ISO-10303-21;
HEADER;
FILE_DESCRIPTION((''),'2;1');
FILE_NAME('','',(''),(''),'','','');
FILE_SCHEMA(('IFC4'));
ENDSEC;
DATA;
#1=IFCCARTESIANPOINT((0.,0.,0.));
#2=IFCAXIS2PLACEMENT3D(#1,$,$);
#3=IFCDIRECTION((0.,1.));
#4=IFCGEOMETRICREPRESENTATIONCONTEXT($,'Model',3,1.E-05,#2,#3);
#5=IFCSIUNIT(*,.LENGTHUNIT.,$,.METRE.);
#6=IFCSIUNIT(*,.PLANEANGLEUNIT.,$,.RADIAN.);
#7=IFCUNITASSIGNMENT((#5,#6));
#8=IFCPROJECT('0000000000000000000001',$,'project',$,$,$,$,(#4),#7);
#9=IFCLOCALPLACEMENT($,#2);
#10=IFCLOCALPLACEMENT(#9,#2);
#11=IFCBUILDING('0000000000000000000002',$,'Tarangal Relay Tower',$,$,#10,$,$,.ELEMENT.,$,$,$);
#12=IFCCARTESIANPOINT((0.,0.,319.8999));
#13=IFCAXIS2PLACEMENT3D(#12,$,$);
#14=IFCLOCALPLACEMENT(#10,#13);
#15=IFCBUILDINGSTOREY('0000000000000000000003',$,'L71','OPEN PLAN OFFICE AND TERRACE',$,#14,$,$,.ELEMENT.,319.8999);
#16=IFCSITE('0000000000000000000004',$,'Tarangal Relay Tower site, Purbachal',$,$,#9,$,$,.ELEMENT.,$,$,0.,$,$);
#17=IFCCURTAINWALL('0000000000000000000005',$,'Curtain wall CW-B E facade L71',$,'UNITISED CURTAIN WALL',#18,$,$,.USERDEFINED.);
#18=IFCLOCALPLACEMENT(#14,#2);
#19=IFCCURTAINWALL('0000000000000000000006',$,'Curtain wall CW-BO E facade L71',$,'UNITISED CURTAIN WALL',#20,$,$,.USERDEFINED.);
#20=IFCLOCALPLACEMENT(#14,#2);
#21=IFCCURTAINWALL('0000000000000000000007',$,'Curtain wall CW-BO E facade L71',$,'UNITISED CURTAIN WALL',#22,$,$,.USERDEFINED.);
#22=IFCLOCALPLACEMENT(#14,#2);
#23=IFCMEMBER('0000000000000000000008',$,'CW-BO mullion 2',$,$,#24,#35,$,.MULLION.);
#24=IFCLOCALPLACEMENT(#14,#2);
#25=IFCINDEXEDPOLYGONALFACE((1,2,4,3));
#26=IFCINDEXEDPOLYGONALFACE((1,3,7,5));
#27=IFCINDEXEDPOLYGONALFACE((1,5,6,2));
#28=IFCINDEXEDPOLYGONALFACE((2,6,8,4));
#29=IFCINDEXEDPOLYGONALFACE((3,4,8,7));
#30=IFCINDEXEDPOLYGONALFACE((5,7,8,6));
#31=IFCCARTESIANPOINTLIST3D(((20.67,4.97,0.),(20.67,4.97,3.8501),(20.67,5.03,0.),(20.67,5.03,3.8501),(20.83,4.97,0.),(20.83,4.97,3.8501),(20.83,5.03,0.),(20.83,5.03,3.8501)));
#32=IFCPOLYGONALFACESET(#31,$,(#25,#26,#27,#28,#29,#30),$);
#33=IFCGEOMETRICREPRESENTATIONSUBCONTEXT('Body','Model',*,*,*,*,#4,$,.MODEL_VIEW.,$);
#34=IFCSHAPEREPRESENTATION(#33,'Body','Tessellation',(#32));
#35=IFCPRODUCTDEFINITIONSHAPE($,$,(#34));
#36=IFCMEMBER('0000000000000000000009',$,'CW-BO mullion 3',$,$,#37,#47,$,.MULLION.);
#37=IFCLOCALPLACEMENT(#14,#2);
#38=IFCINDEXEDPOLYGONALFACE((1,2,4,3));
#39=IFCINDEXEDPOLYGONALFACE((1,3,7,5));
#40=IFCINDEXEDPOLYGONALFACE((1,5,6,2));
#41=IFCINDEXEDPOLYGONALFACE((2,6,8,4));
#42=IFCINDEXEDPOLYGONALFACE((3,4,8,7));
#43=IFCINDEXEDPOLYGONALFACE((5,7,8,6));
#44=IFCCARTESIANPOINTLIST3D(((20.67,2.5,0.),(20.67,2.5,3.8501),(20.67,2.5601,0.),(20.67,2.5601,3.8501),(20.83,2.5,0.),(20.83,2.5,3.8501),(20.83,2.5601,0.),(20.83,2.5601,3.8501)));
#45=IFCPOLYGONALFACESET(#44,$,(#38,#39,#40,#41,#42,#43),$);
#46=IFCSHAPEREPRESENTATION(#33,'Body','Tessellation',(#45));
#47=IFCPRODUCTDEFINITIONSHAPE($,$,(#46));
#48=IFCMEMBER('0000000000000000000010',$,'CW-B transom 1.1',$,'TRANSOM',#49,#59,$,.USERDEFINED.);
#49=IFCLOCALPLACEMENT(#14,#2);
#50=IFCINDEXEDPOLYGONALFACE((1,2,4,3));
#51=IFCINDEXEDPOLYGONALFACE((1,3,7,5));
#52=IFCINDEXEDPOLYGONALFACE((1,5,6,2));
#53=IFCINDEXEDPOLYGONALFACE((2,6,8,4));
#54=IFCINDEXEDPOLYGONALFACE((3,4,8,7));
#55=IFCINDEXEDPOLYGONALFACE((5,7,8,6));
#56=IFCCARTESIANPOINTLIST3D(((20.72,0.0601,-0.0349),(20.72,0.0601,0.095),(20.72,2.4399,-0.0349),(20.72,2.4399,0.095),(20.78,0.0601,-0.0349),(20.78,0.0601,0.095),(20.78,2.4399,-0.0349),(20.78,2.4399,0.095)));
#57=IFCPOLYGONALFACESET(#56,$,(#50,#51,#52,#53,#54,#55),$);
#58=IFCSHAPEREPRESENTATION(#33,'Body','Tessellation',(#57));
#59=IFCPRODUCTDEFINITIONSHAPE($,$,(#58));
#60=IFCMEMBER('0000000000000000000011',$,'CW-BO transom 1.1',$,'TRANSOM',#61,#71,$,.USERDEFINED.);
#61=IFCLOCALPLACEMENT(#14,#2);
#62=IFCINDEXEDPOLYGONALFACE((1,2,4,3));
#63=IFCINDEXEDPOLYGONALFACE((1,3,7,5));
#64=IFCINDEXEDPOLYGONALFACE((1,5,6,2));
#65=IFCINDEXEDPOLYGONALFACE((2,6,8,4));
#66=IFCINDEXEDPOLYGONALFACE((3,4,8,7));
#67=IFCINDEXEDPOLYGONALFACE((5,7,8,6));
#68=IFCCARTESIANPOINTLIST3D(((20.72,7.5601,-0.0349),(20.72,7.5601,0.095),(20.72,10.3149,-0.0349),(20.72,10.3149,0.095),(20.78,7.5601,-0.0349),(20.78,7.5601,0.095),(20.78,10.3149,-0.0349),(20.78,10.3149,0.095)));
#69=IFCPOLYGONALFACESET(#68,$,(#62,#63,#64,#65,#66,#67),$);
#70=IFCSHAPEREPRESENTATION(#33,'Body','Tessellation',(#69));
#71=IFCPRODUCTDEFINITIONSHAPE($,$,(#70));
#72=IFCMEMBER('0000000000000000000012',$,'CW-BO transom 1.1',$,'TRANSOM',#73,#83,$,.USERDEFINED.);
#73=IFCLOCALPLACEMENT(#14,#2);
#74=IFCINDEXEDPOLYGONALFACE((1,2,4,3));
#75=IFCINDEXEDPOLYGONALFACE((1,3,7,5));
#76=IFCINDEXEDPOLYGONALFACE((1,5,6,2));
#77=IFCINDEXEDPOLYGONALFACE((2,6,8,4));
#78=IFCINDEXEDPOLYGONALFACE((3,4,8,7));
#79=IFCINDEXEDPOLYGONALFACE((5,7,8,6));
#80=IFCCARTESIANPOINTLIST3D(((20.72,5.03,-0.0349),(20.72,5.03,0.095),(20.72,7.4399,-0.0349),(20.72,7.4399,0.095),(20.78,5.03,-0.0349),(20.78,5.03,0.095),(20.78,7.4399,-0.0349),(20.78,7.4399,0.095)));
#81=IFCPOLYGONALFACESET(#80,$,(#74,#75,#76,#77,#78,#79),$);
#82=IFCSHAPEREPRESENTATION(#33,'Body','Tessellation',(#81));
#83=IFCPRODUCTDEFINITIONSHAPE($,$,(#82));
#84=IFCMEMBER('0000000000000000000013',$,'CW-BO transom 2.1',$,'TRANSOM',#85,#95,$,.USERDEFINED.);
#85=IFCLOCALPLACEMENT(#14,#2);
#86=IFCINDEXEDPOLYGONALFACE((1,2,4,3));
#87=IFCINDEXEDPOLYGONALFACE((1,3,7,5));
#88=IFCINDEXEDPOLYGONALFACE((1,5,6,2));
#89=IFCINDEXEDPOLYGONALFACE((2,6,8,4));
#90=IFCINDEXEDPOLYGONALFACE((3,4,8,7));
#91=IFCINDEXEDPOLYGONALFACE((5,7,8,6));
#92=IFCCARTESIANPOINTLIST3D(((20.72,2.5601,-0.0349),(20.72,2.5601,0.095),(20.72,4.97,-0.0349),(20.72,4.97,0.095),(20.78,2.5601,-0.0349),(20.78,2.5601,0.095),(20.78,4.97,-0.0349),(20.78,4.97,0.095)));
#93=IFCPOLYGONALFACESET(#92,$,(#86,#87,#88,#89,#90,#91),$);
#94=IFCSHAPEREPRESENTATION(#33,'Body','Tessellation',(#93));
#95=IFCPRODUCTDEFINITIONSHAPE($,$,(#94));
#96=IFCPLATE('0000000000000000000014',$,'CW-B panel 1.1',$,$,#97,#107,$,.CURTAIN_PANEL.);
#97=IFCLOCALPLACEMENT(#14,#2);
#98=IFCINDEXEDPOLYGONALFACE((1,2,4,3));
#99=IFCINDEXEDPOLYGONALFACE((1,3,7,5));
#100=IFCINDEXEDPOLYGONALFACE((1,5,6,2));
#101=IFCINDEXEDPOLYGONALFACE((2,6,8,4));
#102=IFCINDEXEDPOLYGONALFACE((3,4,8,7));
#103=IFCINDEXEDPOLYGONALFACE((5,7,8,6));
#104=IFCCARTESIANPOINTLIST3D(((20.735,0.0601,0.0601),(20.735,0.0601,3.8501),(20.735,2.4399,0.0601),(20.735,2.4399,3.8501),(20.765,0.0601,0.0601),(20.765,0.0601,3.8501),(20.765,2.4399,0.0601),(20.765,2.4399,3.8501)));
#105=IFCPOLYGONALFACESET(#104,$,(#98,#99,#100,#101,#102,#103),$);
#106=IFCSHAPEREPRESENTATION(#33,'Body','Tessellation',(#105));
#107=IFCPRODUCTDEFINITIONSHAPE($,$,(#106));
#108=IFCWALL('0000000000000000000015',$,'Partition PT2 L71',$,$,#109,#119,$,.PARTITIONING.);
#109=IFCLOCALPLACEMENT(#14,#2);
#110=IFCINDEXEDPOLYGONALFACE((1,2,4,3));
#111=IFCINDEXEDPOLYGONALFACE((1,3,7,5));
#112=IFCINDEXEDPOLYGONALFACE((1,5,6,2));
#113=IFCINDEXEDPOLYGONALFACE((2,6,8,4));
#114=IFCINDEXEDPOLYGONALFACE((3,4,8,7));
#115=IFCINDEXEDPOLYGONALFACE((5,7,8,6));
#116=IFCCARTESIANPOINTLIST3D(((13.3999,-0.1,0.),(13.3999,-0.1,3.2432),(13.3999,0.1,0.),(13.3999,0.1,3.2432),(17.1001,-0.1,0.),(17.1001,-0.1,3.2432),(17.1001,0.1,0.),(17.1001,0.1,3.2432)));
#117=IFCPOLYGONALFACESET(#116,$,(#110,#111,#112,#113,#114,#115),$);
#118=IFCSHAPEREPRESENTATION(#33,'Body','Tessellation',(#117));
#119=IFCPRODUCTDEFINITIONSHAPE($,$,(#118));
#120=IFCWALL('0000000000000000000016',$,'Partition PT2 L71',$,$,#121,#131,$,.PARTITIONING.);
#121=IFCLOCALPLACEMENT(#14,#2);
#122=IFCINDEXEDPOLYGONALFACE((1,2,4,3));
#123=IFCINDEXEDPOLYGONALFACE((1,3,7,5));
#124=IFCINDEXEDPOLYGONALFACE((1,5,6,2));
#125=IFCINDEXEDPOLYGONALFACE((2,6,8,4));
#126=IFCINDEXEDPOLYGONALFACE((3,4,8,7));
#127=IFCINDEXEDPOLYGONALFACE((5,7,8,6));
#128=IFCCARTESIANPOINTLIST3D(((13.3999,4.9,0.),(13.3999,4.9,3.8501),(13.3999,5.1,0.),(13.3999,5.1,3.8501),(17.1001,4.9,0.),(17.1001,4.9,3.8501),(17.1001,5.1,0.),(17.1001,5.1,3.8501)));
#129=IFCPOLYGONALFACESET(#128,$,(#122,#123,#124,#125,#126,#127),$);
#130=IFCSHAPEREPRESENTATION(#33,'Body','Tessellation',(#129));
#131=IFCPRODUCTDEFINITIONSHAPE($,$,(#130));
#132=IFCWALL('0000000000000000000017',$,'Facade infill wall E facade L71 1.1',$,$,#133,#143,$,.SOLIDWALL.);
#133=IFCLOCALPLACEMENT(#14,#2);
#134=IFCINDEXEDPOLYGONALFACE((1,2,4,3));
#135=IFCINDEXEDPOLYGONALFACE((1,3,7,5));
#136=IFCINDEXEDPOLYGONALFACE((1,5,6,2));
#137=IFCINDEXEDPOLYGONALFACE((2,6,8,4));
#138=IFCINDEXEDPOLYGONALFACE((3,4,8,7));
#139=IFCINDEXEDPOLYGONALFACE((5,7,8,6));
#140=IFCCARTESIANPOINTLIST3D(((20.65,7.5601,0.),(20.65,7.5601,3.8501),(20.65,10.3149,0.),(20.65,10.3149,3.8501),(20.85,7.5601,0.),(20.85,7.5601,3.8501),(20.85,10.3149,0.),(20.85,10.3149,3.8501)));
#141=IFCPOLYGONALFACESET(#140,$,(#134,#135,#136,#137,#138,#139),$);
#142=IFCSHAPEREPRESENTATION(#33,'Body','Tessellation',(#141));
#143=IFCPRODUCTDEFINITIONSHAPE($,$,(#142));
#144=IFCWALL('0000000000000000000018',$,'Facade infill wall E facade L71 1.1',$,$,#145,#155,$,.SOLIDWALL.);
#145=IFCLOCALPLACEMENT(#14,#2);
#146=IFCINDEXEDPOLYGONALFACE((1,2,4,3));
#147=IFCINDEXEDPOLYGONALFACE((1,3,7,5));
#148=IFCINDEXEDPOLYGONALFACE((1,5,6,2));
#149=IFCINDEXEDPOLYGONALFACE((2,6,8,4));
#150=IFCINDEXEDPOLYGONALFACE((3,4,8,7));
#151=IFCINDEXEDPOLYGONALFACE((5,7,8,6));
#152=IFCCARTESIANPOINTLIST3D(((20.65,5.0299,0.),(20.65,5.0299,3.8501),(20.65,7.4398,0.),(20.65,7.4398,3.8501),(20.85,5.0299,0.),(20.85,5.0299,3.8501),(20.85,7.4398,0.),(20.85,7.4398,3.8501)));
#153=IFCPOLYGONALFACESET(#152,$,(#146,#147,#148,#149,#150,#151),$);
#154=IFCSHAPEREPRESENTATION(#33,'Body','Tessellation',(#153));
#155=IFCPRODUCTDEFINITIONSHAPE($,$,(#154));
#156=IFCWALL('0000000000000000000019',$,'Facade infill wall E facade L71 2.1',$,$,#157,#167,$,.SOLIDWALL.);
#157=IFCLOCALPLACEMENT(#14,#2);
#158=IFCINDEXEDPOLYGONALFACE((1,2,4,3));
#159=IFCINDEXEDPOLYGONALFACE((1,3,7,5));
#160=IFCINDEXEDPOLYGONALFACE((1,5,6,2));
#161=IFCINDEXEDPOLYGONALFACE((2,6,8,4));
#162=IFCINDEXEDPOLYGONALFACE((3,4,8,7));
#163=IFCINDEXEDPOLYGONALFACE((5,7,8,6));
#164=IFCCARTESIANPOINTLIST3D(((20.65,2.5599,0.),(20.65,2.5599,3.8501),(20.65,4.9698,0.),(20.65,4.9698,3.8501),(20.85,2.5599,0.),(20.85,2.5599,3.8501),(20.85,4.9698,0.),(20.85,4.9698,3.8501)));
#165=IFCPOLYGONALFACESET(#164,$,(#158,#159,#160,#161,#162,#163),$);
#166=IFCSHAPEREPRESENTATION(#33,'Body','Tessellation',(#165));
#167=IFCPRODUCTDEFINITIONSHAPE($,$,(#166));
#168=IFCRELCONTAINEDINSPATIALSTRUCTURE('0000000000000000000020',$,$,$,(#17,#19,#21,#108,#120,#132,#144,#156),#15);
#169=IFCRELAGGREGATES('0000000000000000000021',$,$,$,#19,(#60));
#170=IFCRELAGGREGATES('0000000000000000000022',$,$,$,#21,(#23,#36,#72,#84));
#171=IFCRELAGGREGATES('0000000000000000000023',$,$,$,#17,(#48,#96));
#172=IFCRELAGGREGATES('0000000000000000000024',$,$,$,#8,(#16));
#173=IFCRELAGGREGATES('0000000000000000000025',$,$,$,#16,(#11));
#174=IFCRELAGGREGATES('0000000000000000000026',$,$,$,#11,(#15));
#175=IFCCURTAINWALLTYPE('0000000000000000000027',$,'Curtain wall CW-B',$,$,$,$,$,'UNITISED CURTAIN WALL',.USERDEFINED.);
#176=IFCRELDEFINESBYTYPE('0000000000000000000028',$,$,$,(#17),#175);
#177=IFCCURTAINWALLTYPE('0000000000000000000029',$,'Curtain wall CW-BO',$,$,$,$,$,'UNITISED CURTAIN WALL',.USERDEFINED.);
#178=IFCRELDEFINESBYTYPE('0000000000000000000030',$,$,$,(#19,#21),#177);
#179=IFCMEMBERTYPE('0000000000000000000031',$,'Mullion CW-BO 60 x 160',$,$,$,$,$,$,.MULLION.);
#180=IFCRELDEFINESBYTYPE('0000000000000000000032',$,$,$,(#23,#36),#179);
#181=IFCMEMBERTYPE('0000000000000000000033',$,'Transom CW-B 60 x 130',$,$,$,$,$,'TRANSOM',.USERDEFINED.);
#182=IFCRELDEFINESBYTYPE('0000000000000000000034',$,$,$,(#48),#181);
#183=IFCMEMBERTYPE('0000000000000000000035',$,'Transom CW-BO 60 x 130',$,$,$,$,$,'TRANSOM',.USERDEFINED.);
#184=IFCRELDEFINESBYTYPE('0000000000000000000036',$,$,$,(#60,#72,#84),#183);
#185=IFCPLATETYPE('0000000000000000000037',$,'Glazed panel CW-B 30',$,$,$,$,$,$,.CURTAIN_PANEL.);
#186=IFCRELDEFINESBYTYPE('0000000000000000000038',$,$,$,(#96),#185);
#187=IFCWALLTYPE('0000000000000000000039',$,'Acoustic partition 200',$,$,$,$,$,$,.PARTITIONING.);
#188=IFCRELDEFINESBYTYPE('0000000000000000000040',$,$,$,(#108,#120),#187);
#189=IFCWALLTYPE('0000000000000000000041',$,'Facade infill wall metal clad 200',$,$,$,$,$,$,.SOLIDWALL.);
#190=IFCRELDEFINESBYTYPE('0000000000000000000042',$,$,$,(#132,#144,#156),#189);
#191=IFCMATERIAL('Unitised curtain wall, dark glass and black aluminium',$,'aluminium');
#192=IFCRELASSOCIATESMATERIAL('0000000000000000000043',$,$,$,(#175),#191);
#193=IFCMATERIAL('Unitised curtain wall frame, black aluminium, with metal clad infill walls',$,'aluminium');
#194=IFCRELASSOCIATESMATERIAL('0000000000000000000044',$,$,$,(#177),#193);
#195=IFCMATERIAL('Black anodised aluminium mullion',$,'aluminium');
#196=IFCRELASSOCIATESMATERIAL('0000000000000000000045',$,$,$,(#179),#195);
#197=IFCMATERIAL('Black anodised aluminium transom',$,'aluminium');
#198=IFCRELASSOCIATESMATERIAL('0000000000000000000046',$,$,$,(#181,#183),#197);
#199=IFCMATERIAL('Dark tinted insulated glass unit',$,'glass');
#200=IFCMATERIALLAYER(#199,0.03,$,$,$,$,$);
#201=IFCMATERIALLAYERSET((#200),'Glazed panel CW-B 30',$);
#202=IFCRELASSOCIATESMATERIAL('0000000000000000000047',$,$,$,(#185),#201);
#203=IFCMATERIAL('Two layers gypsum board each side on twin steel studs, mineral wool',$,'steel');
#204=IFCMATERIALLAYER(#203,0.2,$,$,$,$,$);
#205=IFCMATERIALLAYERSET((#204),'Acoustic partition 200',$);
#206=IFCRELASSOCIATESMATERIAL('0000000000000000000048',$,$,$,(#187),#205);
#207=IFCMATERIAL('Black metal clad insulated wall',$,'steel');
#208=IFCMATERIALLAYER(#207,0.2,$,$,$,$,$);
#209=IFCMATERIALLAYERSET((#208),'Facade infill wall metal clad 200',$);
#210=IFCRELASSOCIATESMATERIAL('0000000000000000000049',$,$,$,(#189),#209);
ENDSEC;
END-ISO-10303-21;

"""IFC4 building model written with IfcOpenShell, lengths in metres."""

from ifc_helpers import new_model, si_unit, direction, frame, frame_2d, origin, origin_2d, place, context, subcontext, project, spatial, rectangle, extrude, material, layer, layer_set, material_profile, profile_set, type_object, element, aggregate, save


model = new_model("IFC4")

# Units and contexts
model_context = context("Model", 3, precision=1e-05, world=origin(), true_north=direction((0.0, 1.0)))
body_context = subcontext(model_context, "Body", "Model", "MODEL_VIEW")
ifc_project = project(units=[si_unit("LENGTHUNIT", "METRE"), si_unit("PLANEANGLEUNIT", "RADIAN")], contexts=[model_context])

# Site, building, storey
site_placement = place(None, origin())
site = spatial("IfcSite", under=ifc_project, at=site_placement, Name="Tarangal Relay Tower site, Purbachal", CompositionType="ELEMENT", RefElevation=0.0)
building_placement = place(site_placement, origin())
building = spatial("IfcBuilding", under=site, at=building_placement, Name="Tarangal Relay Tower", CompositionType="ELEMENT")
storey_placement = place(building_placement, frame((0.0, 0.0, 319.8999)))
storey = spatial("IfcBuildingStorey", under=building, at=storey_placement, Name="L71", Description="OPEN PLAN OFFICE AND TERRACE", CompositionType="ELEMENT", Elevation=319.8999)

# Curtain wall
ifc_material_1 = material(Name="Unitised curtain wall, dark glass and black aluminium", Category="aluminium")
curtain_wall_type_1 = type_object("IfcCurtainWallType", Name="Curtain wall CW-B", ElementType="UNITISED CURTAIN WALL", PredefinedType="USERDEFINED", material=ifc_material_1)
curtain_wall_1_placement = place(storey_placement, origin())
curtain_wall_1 = element("IfcCurtainWall", 1, at=curtain_wall_1_placement, inside=storey, type_object=curtain_wall_type_1, Name="Curtain wall CW-B E facade L71", ObjectType="UNITISED CURTAIN WALL", PredefinedType="USERDEFINED")
ifc_material_2 = material(Name="Black anodised aluminium mullion", Category="aluminium")

# Curtain wall
ifc_material_3 = material(Name="Unitised curtain wall frame, black aluminium, with metal clad infill walls", Category="aluminium")
curtain_wall_type_2 = type_object("IfcCurtainWallType", Name="Curtain wall CW-BO", ElementType="UNITISED CURTAIN WALL", PredefinedType="USERDEFINED", material=ifc_material_3)
curtain_wall_2_placement = place(storey_placement, origin())
curtain_wall_2 = element("IfcCurtainWall", 2, at=curtain_wall_2_placement, inside=storey, type_object=curtain_wall_type_2, Name="Curtain wall CW-BO E facade L71", ObjectType="UNITISED CURTAIN WALL", PredefinedType="USERDEFINED")
ifc_material_profile_1 = material_profile(ifc_material_2, rectangle(XDim=0.1599, YDim=0.0601, at=origin_2d()), Name="CW-BOM 60X160")
ifc_profile_set_1 = profile_set([ifc_material_profile_1], Name="Black anodised aluminium mullion")
member_type_1 = type_object("IfcMemberType", Name="Mullion CW-BO 60 x 160", PredefinedType="MULLION", material=ifc_profile_set_1)

# Curtain wall, members
curtain_wall_3_placement = place(storey_placement, origin())
curtain_wall_3 = element("IfcCurtainWall", 3, at=curtain_wall_3_placement, inside=storey, type_object=curtain_wall_type_2, Name="Curtain wall CW-BO E facade L71", ObjectType="UNITISED CURTAIN WALL", PredefinedType="USERDEFINED")
member_1_placement = place(storey_placement, frame((20.75, 5.0, 0.0), z_axis=(0.0, 0.0, 1.0), x_axis=(1.0, 0.0, 0.0)))
member_1 = element("IfcMember", 4, at=member_1_placement, type_object=member_type_1, Name="CW-BO mullion 2", PredefinedType="MULLION", context=body_context, shape_type="SweptSolid", body=[
    extrude(rectangle(XDim=0.1599, YDim=0.0601, at=origin_2d()), origin(), (0.0, 0.0, 1.0), 3.8501),
])
member_2_placement = place(storey_placement, frame((20.75, 2.53, 0.0), z_axis=(0.0, 0.0, 1.0), x_axis=(1.0, 0.0, 0.0)))
member_2 = element("IfcMember", 5, at=member_2_placement, type_object=member_type_1, Name="CW-BO mullion 3", PredefinedType="MULLION", context=body_context, shape_type="SweptSolid", body=[
    extrude(rectangle(XDim=0.1599, YDim=0.0601, at=origin_2d()), origin(), (0.0, 0.0, 1.0), 3.8501),
])

# Members
ifc_material_4 = material(Name="Black anodised aluminium transom", Category="aluminium")
ifc_material_profile_2 = material_profile(ifc_material_4, rectangle(XDim=0.0601, YDim=0.1299, at=origin_2d()), Name="CW-BT 60X130")
ifc_profile_set_2 = profile_set([ifc_material_profile_2], Name="Black anodised aluminium transom")
member_type_2 = type_object("IfcMemberType", Name="Transom CW-B 60 x 130", ElementType="TRANSOM", PredefinedType="USERDEFINED", material=ifc_profile_set_2)
member_3_placement = place(storey_placement, frame((20.75, 2.4399, 0.03), z_axis=(0.0, -1.0, 0.0), x_axis=(1.0, 0.0, 0.0)))
member_3 = element("IfcMember", 6, at=member_3_placement, type_object=member_type_2, Name="CW-B transom 1.1", ObjectType="TRANSOM", PredefinedType="USERDEFINED", context=body_context, shape_type="SweptSolid", body=[
    extrude(rectangle(XDim=0.0601, YDim=0.1299, at=origin_2d()), origin(), (0.0, 0.0, 1.0), 2.3799),
])
ifc_material_profile_3 = material_profile(ifc_material_4, rectangle(XDim=0.0601, YDim=0.1299, at=origin_2d()), Name="CW-BOT 60X130")
ifc_profile_set_3 = profile_set([ifc_material_profile_3], Name="Black anodised aluminium transom")
member_type_3 = type_object("IfcMemberType", Name="Transom CW-BO 60 x 130", ElementType="TRANSOM", PredefinedType="USERDEFINED", material=ifc_profile_set_3)
member_4_placement = place(storey_placement, frame((20.75, 10.3149, 0.03), z_axis=(0.0, -1.0, 0.0), x_axis=(1.0, 0.0, 0.0)))
member_4 = element("IfcMember", 7, at=member_4_placement, type_object=member_type_3, Name="CW-BO transom 1.1", ObjectType="TRANSOM", PredefinedType="USERDEFINED", context=body_context, shape_type="SweptSolid", body=[
    extrude(rectangle(XDim=0.0601, YDim=0.1299, at=origin_2d()), origin(), (0.0, 0.0, 1.0), 2.7549),
])
aggregate(curtain_wall_2, [member_4])
member_5_placement = place(storey_placement, frame((20.75, 7.4399, 0.03), z_axis=(0.0, -1.0, 0.0), x_axis=(1.0, 0.0, 0.0)))
member_5 = element("IfcMember", 8, at=member_5_placement, type_object=member_type_3, Name="CW-BO transom 1.1", ObjectType="TRANSOM", PredefinedType="USERDEFINED", context=body_context, shape_type="SweptSolid", body=[
    extrude(rectangle(XDim=0.0601, YDim=0.1299, at=origin_2d()), origin(), (0.0, 0.0, 1.0), 2.4099),
])
member_6_placement = place(storey_placement, frame((20.75, 4.97, 0.03), z_axis=(0.0, -1.0, 0.0), x_axis=(1.0, 0.0, 0.0)))
member_6 = element("IfcMember", 9, at=member_6_placement, type_object=member_type_3, Name="CW-BO transom 2.1", ObjectType="TRANSOM", PredefinedType="USERDEFINED", context=body_context, shape_type="SweptSolid", body=[
    extrude(rectangle(XDim=0.0601, YDim=0.1299, at=origin_2d()), origin(), (0.0, 0.0, 1.0), 2.4099),
])
aggregate(curtain_wall_3, [member_1, member_2, member_5, member_6])

# Plate
ifc_material_5 = material(Name="Dark tinted insulated glass unit", Category="glass")
ifc_layer_1 = layer(ifc_material_5, 0.03)
ifc_layer_set_1 = layer_set([ifc_layer_1], Name="Glazed panel CW-B 30")
plate_type = type_object("IfcPlateType", Name="Glazed panel CW-B 30", PredefinedType="CURTAIN_PANEL", material=ifc_layer_set_1)
plate_placement = place(storey_placement, frame((20.75, 1.25, 0.0601), z_axis=(0.0, 0.0, 1.0), x_axis=(0.0, -1.0, 0.0)))
plate = element("IfcPlate", 10, at=plate_placement, type_object=plate_type, Name="CW-B panel 1.1", PredefinedType="CURTAIN_PANEL", context=body_context, shape_type="SweptSolid", body=[
    extrude(rectangle(XDim=2.3799, YDim=0.03, at=origin_2d()), origin(), (0.0, 0.0, 1.0), 3.79),
])
aggregate(curtain_wall_1, [member_3, plate])

# Walls
ifc_material_6 = material(Name="Two layers gypsum board each side on twin steel studs, mineral wool", Category="steel")
ifc_layer_2 = layer(ifc_material_6, 0.2)
ifc_layer_set_2 = layer_set([ifc_layer_2], Name="Acoustic partition 200")
wall_type_1 = type_object("IfcWallType", Name="Acoustic partition 200", PredefinedType="PARTITIONING", material=ifc_layer_set_2)
wall_1_placement = place(storey_placement, frame((13.3999, 0.0, 0.0), z_axis=(0.0, 0.0, 1.0), x_axis=(1.0, 0.0, 0.0)))
element("IfcWall", 11, at=wall_1_placement, inside=storey, type_object=wall_type_1, Name="Partition PT2 L71", PredefinedType="PARTITIONING", context=body_context, shape_type="SweptSolid", body=[
    extrude(rectangle(XDim=3.7002, YDim=0.2, at=frame_2d((1.8501, 0.0))), origin(), (0.0, 0.0, 1.0), 3.2432),
])
wall_2_placement = place(storey_placement, frame((13.3999, 5.0, 0.0), z_axis=(0.0, 0.0, 1.0), x_axis=(1.0, 0.0, 0.0)))
element("IfcWall", 12, at=wall_2_placement, inside=storey, type_object=wall_type_1, Name="Partition PT2 L71", PredefinedType="PARTITIONING", context=body_context, shape_type="SweptSolid", body=[
    extrude(rectangle(XDim=3.7002, YDim=0.2, at=frame_2d((1.8501, 0.0))), origin(), (0.0, 0.0, 1.0), 3.8501),
])
ifc_material_7 = material(Name="Black metal clad insulated wall", Category="steel")
ifc_layer_3 = layer(ifc_material_7, 0.2)
ifc_layer_set_3 = layer_set([ifc_layer_3], Name="Facade infill wall metal clad 200")
wall_type_2 = type_object("IfcWallType", Name="Facade infill wall metal clad 200", PredefinedType="SOLIDWALL", material=ifc_layer_set_3)
wall_3_placement = place(storey_placement, frame((20.75, 10.3149, 0.0), z_axis=(0.0, 0.0, 1.0), x_axis=(0.0, -1.0, 0.0)))
element("IfcWall", 13, at=wall_3_placement, inside=storey, type_object=wall_type_2, Name="Facade infill wall E facade L71 1.1", PredefinedType="SOLIDWALL", context=body_context, shape_type="SweptSolid", body=[
    extrude(rectangle(XDim=2.7549, YDim=0.2, at=frame_2d((1.3774, 0.0))), origin(), (0.0, 0.0, 1.0), 3.8501),
])
for number, where, z_axis, x_axis, name in (
    (14, (20.75, 7.4399, 0.0), (0.0, 0.0, 1.0), (0.0, -1.0, 0.0), "Facade infill wall E facade L71 1.1"),
    (15, (20.75, 4.97, 0.0), (0.0, 0.0, 1.0), (0.0, -1.0, 0.0), "Facade infill wall E facade L71 2.1"),
):
    element("IfcWall", number, at=place(storey_placement, frame(where, z_axis=z_axis, x_axis=x_axis)), inside=storey, type_object=wall_type_2, Name=name, PredefinedType="SOLIDWALL", context=body_context, shape_type="SweptSolid", body=[
        extrude(rectangle(XDim=2.4099, YDim=0.2, at=frame_2d((1.2051, 0.0))), origin(), (0.0, 0.0, 1.0), 3.8501),
    ])

save(model, "model.ifc")
